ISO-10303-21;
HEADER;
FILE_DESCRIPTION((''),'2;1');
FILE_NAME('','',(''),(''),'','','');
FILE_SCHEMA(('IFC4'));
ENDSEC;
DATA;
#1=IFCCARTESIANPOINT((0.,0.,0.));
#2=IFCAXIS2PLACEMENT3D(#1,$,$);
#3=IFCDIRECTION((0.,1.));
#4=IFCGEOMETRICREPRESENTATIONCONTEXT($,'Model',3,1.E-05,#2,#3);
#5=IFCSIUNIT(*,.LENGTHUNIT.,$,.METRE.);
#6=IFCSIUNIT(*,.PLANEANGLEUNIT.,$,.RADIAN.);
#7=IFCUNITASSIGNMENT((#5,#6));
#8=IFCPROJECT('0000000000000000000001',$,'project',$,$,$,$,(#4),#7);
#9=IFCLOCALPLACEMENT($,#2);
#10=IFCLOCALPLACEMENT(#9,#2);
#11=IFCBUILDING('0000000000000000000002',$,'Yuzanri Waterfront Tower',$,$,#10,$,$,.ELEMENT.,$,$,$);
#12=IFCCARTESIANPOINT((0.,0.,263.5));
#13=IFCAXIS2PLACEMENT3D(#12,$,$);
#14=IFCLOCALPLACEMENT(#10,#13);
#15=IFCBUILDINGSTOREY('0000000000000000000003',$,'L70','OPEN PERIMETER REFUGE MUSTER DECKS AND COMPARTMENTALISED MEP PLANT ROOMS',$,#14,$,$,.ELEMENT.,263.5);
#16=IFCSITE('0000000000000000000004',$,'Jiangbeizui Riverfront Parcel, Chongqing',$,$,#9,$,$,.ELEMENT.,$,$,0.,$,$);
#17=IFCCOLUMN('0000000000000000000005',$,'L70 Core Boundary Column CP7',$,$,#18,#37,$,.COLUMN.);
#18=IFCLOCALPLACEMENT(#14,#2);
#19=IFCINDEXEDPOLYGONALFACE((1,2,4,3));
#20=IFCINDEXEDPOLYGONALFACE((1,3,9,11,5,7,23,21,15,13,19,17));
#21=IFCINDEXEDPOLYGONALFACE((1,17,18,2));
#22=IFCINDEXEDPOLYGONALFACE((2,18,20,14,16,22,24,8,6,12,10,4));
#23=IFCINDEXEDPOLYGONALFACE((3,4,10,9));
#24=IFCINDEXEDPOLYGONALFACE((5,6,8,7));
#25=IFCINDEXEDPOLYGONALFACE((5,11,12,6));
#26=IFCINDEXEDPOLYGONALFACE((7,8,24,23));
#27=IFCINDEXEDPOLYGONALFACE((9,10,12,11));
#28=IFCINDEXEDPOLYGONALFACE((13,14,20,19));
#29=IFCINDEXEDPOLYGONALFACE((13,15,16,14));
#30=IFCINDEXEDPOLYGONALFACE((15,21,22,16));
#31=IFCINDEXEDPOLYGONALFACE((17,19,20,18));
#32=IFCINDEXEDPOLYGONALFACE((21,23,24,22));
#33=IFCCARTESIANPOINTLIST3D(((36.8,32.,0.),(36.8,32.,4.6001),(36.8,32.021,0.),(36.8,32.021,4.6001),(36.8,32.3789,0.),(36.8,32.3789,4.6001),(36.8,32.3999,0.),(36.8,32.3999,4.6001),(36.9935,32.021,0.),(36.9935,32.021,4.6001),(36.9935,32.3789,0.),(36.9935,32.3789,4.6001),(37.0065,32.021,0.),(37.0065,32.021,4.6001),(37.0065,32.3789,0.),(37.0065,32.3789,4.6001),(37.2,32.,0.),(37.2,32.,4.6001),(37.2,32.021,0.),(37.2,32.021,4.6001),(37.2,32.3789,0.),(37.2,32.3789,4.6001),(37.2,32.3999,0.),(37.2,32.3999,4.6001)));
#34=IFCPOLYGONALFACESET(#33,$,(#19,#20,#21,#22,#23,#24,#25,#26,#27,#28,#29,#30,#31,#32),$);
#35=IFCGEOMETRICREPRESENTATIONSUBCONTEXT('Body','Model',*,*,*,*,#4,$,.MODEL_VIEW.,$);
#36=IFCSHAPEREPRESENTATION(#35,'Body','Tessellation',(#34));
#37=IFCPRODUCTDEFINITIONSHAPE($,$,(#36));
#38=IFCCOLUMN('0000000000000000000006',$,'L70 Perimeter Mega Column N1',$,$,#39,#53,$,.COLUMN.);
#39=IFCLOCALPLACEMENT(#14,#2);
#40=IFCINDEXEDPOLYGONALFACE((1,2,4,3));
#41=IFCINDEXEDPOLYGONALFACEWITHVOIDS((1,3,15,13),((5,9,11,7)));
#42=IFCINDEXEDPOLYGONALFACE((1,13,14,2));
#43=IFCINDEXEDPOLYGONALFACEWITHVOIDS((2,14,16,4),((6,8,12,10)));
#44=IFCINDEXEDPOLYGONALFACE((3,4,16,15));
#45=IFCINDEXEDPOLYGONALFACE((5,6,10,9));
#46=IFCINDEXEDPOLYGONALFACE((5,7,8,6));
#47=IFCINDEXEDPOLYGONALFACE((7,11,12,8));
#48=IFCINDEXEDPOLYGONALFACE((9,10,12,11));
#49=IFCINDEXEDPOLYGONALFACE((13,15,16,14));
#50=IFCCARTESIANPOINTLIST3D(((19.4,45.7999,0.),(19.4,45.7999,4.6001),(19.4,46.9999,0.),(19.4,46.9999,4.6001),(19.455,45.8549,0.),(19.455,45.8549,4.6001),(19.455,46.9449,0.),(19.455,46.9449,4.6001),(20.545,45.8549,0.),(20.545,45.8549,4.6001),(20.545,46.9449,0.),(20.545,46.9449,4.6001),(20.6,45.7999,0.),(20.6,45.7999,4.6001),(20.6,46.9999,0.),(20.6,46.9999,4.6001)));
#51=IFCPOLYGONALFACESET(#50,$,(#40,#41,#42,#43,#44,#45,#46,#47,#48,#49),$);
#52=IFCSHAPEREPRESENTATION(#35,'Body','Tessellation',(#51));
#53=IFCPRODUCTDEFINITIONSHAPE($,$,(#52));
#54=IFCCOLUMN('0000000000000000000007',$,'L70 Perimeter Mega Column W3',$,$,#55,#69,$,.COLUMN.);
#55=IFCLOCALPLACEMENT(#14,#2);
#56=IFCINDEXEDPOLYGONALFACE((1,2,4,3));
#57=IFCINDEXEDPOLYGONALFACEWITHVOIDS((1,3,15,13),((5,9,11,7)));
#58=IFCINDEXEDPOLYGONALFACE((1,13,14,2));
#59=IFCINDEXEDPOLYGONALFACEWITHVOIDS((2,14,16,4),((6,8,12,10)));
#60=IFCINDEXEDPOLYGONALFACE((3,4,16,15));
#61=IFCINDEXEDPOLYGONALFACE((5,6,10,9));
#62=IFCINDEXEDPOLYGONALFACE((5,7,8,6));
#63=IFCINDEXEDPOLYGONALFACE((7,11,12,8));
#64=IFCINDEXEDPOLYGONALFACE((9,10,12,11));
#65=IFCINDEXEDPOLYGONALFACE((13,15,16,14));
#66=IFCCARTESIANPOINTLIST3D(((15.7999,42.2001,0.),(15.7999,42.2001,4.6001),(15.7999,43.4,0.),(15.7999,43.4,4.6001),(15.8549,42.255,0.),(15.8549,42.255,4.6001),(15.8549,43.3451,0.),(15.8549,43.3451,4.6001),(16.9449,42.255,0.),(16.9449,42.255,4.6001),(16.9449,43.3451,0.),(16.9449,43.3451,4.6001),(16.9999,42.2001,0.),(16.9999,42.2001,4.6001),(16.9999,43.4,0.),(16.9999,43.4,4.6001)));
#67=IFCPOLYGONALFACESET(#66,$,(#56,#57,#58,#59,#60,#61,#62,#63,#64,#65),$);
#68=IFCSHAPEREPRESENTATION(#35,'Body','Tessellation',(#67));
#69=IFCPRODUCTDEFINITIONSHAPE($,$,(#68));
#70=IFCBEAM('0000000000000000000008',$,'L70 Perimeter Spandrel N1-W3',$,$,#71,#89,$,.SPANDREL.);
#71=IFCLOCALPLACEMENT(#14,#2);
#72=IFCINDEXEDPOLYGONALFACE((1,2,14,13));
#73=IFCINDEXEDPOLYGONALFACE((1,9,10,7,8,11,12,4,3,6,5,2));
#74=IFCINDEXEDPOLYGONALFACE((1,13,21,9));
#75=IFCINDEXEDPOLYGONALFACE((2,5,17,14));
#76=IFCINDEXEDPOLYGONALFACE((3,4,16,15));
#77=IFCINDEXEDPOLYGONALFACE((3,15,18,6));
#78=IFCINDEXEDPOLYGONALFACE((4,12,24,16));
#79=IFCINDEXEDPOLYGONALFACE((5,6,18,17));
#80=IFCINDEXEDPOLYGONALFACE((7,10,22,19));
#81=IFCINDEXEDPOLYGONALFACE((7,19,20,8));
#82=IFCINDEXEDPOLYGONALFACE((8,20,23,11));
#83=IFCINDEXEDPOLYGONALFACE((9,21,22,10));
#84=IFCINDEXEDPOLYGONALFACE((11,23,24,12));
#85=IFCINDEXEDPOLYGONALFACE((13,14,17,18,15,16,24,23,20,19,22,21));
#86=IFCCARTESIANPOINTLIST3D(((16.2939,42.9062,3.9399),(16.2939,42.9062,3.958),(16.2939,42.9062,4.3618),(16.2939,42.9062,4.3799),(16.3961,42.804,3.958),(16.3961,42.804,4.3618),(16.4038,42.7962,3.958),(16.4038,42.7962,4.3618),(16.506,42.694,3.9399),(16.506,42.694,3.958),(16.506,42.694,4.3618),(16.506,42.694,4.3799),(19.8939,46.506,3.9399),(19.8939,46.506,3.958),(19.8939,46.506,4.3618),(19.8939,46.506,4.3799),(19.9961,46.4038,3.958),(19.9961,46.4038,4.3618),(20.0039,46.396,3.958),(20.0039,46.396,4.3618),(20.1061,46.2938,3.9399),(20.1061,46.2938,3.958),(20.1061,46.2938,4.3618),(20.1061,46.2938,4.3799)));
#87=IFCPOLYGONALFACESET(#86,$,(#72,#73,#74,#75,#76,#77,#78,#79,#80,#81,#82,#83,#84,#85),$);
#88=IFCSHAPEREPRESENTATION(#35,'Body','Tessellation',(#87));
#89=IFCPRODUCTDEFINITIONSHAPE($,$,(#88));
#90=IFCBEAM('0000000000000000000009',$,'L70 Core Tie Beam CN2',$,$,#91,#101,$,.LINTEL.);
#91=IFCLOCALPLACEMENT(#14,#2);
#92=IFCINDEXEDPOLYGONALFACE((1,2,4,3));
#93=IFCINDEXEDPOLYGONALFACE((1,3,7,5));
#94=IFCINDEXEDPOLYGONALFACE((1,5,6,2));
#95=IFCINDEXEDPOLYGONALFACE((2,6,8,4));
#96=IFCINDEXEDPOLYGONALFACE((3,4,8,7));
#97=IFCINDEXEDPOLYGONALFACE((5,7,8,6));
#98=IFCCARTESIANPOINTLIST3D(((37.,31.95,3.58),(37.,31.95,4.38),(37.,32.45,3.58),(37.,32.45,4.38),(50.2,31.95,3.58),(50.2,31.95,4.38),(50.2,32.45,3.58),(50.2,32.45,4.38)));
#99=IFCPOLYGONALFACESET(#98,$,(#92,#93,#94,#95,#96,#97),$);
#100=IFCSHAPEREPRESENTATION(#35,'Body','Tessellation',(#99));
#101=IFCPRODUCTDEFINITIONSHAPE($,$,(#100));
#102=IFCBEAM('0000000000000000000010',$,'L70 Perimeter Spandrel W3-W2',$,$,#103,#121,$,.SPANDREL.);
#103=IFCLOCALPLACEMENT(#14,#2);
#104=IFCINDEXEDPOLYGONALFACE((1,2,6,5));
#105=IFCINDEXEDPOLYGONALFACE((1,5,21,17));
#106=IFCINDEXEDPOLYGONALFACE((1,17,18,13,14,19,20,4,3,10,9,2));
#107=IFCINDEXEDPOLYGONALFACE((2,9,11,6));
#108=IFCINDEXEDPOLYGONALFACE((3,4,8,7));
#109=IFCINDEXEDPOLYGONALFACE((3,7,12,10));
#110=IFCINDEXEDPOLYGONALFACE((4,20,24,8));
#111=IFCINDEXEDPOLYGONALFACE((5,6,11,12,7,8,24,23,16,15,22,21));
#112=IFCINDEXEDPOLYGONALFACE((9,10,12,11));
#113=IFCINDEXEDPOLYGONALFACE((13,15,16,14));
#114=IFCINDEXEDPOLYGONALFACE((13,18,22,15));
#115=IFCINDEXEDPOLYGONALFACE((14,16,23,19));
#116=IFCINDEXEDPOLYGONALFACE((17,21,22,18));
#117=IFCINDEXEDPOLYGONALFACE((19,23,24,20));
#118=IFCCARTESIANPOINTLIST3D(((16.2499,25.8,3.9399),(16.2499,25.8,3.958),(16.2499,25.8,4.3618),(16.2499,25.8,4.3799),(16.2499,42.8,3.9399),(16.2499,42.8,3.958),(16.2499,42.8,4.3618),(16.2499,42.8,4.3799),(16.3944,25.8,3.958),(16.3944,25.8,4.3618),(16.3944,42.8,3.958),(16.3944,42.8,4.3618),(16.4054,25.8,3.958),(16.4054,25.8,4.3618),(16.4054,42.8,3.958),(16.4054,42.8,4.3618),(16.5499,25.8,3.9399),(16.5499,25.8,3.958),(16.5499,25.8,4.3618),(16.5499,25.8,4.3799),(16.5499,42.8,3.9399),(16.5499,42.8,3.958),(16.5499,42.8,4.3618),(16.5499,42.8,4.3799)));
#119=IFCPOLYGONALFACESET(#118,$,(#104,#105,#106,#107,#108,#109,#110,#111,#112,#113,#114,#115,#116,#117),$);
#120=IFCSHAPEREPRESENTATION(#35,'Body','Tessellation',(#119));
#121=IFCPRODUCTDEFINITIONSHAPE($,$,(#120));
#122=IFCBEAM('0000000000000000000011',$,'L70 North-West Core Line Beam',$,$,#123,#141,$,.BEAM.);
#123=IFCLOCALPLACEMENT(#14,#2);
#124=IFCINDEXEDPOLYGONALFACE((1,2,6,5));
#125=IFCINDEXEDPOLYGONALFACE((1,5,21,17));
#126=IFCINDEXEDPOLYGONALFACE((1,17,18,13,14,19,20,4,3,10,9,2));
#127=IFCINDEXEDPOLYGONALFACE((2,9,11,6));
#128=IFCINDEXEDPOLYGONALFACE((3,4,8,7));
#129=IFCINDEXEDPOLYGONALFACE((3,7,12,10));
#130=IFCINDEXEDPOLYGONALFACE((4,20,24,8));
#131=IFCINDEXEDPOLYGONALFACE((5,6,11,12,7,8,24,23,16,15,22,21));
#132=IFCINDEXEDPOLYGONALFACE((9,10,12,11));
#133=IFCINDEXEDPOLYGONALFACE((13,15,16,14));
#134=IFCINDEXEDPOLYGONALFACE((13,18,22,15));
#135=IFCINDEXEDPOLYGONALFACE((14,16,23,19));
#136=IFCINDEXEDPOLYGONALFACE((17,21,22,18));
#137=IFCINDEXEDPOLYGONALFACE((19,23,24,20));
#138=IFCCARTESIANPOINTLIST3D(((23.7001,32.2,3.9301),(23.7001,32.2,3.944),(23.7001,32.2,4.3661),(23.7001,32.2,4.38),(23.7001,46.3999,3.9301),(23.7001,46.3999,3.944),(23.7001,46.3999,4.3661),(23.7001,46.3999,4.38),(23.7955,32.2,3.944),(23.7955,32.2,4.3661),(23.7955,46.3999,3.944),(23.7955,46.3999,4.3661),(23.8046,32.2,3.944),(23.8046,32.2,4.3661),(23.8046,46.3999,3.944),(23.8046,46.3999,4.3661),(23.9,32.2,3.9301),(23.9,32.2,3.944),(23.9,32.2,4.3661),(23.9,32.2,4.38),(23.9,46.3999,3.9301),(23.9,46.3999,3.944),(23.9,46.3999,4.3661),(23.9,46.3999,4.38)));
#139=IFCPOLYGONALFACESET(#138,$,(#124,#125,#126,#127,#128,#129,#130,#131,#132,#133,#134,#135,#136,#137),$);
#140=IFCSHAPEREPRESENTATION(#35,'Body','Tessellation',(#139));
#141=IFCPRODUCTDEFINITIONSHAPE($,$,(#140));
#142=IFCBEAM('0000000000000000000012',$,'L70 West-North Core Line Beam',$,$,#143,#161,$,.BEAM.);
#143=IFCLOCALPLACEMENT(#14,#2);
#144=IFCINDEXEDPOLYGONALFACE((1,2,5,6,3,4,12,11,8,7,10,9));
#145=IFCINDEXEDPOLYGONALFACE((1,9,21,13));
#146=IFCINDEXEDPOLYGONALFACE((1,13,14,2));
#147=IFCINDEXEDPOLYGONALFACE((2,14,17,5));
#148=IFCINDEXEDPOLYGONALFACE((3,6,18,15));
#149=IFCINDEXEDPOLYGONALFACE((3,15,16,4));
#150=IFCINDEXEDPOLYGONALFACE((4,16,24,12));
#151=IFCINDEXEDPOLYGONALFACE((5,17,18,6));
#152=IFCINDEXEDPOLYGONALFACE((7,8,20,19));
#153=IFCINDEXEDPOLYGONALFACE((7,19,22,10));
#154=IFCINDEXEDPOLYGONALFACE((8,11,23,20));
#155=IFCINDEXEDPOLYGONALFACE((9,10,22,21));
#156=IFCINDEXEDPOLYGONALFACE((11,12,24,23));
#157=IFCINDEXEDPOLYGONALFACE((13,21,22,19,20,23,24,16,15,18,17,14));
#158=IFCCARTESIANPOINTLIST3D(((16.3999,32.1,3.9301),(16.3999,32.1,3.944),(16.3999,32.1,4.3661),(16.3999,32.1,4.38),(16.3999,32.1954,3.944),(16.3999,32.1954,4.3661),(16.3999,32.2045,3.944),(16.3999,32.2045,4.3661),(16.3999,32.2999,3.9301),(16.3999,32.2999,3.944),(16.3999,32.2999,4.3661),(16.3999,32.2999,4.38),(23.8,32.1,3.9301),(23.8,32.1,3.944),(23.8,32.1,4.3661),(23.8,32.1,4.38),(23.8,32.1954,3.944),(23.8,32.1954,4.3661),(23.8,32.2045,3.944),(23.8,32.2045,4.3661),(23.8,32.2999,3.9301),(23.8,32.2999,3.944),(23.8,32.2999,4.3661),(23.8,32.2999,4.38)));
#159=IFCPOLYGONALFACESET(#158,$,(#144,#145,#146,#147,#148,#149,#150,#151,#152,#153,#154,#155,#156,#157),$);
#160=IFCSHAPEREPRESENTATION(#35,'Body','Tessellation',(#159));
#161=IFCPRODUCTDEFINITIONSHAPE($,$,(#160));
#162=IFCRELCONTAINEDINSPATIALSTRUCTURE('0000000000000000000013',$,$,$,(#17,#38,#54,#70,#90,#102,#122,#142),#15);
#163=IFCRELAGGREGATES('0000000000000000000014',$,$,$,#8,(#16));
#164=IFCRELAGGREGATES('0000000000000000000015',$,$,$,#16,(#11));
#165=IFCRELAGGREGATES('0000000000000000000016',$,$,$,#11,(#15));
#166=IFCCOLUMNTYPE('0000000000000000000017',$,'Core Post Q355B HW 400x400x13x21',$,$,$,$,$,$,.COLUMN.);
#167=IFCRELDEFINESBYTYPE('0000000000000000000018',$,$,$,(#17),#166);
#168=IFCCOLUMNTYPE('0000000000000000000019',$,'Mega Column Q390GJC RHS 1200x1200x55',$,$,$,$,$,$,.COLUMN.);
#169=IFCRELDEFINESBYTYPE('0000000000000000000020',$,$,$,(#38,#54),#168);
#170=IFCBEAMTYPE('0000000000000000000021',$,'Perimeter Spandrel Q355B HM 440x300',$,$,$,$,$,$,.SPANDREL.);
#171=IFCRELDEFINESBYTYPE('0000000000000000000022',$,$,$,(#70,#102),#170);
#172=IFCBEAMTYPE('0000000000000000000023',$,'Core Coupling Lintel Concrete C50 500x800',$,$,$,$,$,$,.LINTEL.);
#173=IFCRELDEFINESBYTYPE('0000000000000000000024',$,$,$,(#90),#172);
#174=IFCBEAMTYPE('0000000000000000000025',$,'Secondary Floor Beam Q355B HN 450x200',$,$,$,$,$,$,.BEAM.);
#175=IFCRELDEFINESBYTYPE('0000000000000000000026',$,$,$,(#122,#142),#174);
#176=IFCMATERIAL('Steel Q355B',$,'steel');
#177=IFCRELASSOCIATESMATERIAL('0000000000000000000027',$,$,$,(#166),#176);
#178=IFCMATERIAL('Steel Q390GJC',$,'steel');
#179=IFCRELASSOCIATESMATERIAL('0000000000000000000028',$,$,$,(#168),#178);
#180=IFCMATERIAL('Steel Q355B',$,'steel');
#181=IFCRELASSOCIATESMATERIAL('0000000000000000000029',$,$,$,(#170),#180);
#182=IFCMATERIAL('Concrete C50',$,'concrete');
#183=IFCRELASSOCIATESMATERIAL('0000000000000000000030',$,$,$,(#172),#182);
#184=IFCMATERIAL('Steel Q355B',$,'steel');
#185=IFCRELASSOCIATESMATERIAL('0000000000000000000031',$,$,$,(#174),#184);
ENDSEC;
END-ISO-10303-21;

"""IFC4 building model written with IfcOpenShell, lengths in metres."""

from ifc_helpers import new_model, si_unit, direction, frame, origin, origin_2d, place, context, subcontext, project, spatial, rectangle, hollow_rectangle, i_section, extrude, source, transform, mapped, material, material_profile, profile_set, type_object, element, save


model = new_model("IFC4")

# Units and contexts
model_context = context("Model", 3, precision=1e-05, world=origin(), true_north=direction((0.0, 1.0)))
body_context = subcontext(model_context, "Body", "Model", "MODEL_VIEW")
ifc_project = project(units=[si_unit("LENGTHUNIT", "METRE"), si_unit("PLANEANGLEUNIT", "RADIAN")], contexts=[model_context])

# Site, building, storey
site_placement = place(None, origin())
site = spatial("IfcSite", under=ifc_project, at=site_placement, Name="Jiangbeizui Riverfront Parcel, Chongqing", CompositionType="ELEMENT", RefElevation=0.0)
building_placement = place(site_placement, origin())
building = spatial("IfcBuilding", under=site, at=building_placement, Name="Yuzanri Waterfront Tower", CompositionType="ELEMENT")
storey_placement = place(building_placement, frame((0.0, 0.0, 263.5)))
storey = spatial("IfcBuildingStorey", under=building, at=storey_placement, Name="L70", Description="OPEN PERIMETER REFUGE MUSTER DECKS AND COMPARTMENTALISED MEP PLANT ROOMS", CompositionType="ELEMENT", Elevation=263.5)

# Columns
ifc_material_1 = material(Name="Steel Q355B", Category="steel")
ifc_material_profile_1 = material_profile(ifc_material_1, i_section(OverallWidth=0.3999, OverallDepth=0.3999, WebThickness=0.0129, FlangeThickness=0.021, at=origin_2d()), Name="HW 400x400x13x21")
ifc_profile_set_1 = profile_set([ifc_material_profile_1], Name="Steel Q355B")
column_type_1 = type_object("IfcColumnType", Name="Core Post Q355B HW 400x400x13x21", PredefinedType="COLUMN", material=ifc_profile_set_1)
shared_shape_1 = source(origin(), body_context, "Body", "SweptSolid", [
    extrude(i_section(OverallWidth=0.3999, OverallDepth=0.3999, WebThickness=0.0129, FlangeThickness=0.021, at=origin_2d()), origin(), (0.0, 0.0, 1.0), 4.6001),
])
column_placement = place(storey_placement, frame((37.0, 32.2, 0.0), z_axis=(0.0, 0.0, 1.0), x_axis=(1.0, 0.0, 0.0)))
element("IfcColumn", 1, at=column_placement, inside=storey, type_object=column_type_1, Name="L70 Core Boundary Column CP7", PredefinedType="COLUMN", context=body_context, shape_type="MappedRepresentation", body=[
    mapped(shared_shape_1, transform((0.0, 0.0, 0.0), scale=1.0)),
])
ifc_material_2 = material(Name="Steel Q390GJC", Category="steel")
ifc_material_profile_2 = material_profile(ifc_material_2, hollow_rectangle(XDim=1.2, YDim=1.2, WallThickness=0.0549, at=origin_2d()), Name="RHS 1200x1200x55")
ifc_profile_set_2 = profile_set([ifc_material_profile_2], Name="Steel Q390GJC")
column_type_2 = type_object("IfcColumnType", Name="Mega Column Q390GJC RHS 1200x1200x55", PredefinedType="COLUMN", material=ifc_profile_set_2)
shared_shape_2 = source(origin(), body_context, "Body", "SweptSolid", [
    extrude(hollow_rectangle(XDim=1.2, YDim=1.2, WallThickness=0.0549, at=origin_2d()), origin(), (0.0, 0.0, 1.0), 4.6001),
])
for number, where, z_axis, x_axis, name in (
    (2, (20.0, 46.3999, 0.0), (0.0, 0.0, 1.0), (1.0, 0.0, 0.0), "L70 Perimeter Mega Column N1"),
    (3, (16.3999, 42.8, 0.0), (0.0, 0.0, 1.0), (1.0, 0.0, 0.0), "L70 Perimeter Mega Column W3"),
):
    element("IfcColumn", number, at=place(storey_placement, frame(where, z_axis=z_axis, x_axis=x_axis)), inside=storey, type_object=column_type_2, Name=name, PredefinedType="COLUMN", context=body_context, shape_type="MappedRepresentation", body=[
        mapped(shared_shape_2, transform((0.0, 0.0, 0.0), scale=1.0)),
    ])

# Beams
ifc_material_3 = material(Name="Steel Q355B", Category="steel")
ifc_material_profile_3 = material_profile(ifc_material_3, i_section(OverallWidth=0.3, OverallDepth=0.4399, WebThickness=0.011, FlangeThickness=0.0181, at=origin_2d()), Name="HM 440x300x11x18")
ifc_profile_set_3 = profile_set([ifc_material_profile_3], Name="Steel Q355B")
beam_type_1 = type_object("IfcBeamType", Name="Perimeter Spandrel Q355B HM 440x300", PredefinedType="SPANDREL", material=ifc_profile_set_3)
shared_shape_3 = source(origin(), body_context, "Body", "SweptSolid", [
    extrude(i_section(OverallWidth=0.3, OverallDepth=0.4399, WebThickness=0.011, FlangeThickness=0.0181, at=origin_2d()), origin(), (0.0, 0.0, 1.0), 5.0911),
])
beam_1_placement = place(storey_placement, frame((20.0, 46.3999, 4.1599), z_axis=(-0.707131, -0.707083, 0.0), x_axis=(0.707083, -0.707131, 0.0)))
element("IfcBeam", 4, at=beam_1_placement, inside=storey, type_object=beam_type_1, Name="L70 Perimeter Spandrel N1-W3", PredefinedType="SPANDREL", context=body_context, shape_type="MappedRepresentation", body=[
    mapped(shared_shape_3, transform((0.0, 0.0, 0.0), scale=1.0)),
])
ifc_material_4 = material(Name="Concrete C50", Category="concrete")
ifc_material_profile_4 = material_profile(ifc_material_4, rectangle(XDim=0.5, YDim=0.8, at=origin_2d()), Name="RC 500x800")
ifc_profile_set_4 = profile_set([ifc_material_profile_4], Name="Concrete C50")
beam_type_2 = type_object("IfcBeamType", Name="Core Coupling Lintel Concrete C50 500x800", PredefinedType="LINTEL", material=ifc_profile_set_4)
shared_shape_4 = source(origin(), body_context, "Body", "SweptSolid", [
    extrude(rectangle(XDim=0.5, YDim=0.8, at=origin_2d()), origin(), (0.0, 0.0, 1.0), 13.2),
])
beam_2_placement = place(storey_placement, frame((37.0, 32.2, 3.98), z_axis=(1.0, 0.0, 0.0), x_axis=(0.0, 1.0, 0.0)))
element("IfcBeam", 5, at=beam_2_placement, inside=storey, type_object=beam_type_2, Name="L70 Core Tie Beam CN2", PredefinedType="LINTEL", context=body_context, shape_type="MappedRepresentation", body=[
    mapped(shared_shape_4, transform((0.0, 0.0, 0.0), scale=1.0)),
])
shared_shape_5 = source(origin(), body_context, "Body", "SweptSolid", [
    extrude(i_section(OverallWidth=0.3, OverallDepth=0.4399, WebThickness=0.011, FlangeThickness=0.0181, at=origin_2d()), origin(), (0.0, 0.0, 1.0), 17.0),
])
beam_3_placement = place(storey_placement, frame((16.3999, 42.8, 4.1599), z_axis=(0.0, -1.0, 0.0), x_axis=(1.0, 0.0, 0.0)))
element("IfcBeam", 6, at=beam_3_placement, inside=storey, type_object=beam_type_1, Name="L70 Perimeter Spandrel W3-W2", PredefinedType="SPANDREL", context=body_context, shape_type="MappedRepresentation", body=[
    mapped(shared_shape_5, transform((0.0, 0.0, 0.0), scale=1.0)),
])
ifc_material_5 = material(Name="Steel Q355B", Category="steel")
ifc_material_profile_5 = material_profile(ifc_material_5, i_section(OverallWidth=0.2, OverallDepth=0.45, WebThickness=0.009, FlangeThickness=0.0139, at=origin_2d()), Name="HN 450x200x9x14")
ifc_profile_set_5 = profile_set([ifc_material_profile_5], Name="Steel Q355B")
beam_type_3 = type_object("IfcBeamType", Name="Secondary Floor Beam Q355B HN 450x200", PredefinedType="BEAM", material=ifc_profile_set_5)
shared_shape_6 = source(origin(), body_context, "Body", "SweptSolid", [
    extrude(i_section(OverallWidth=0.2, OverallDepth=0.45, WebThickness=0.009, FlangeThickness=0.0139, at=origin_2d()), origin(), (0.0, 0.0, 1.0), 14.2),
])
beam_4_placement = place(storey_placement, frame((23.8, 32.2, 4.155), z_axis=(0.0, 1.0, 0.0), x_axis=(-1.0, 0.0, 0.0)))
element("IfcBeam", 7, at=beam_4_placement, inside=storey, type_object=beam_type_3, Name="L70 North-West Core Line Beam", PredefinedType="BEAM", context=body_context, shape_type="MappedRepresentation", body=[
    mapped(shared_shape_6, transform((0.0, 0.0, 0.0), scale=1.0)),
])
shared_shape_7 = source(origin(), body_context, "Body", "SweptSolid", [
    extrude(i_section(OverallWidth=0.2, OverallDepth=0.45, WebThickness=0.009, FlangeThickness=0.0139, at=origin_2d()), origin(), (0.0, 0.0, 1.0), 7.4001),
])
beam_5_placement = place(storey_placement, frame((23.8, 32.2, 4.155), z_axis=(-1.0, 0.0, 0.0), x_axis=(0.0, -1.0, 0.0)))
element("IfcBeam", 8, at=beam_5_placement, inside=storey, type_object=beam_type_3, Name="L70 West-North Core Line Beam", PredefinedType="BEAM", context=body_context, shape_type="MappedRepresentation", body=[
    mapped(shared_shape_7, transform((0.0, 0.0, 0.0), scale=1.0)),
])

save(model, "model.ifc")
